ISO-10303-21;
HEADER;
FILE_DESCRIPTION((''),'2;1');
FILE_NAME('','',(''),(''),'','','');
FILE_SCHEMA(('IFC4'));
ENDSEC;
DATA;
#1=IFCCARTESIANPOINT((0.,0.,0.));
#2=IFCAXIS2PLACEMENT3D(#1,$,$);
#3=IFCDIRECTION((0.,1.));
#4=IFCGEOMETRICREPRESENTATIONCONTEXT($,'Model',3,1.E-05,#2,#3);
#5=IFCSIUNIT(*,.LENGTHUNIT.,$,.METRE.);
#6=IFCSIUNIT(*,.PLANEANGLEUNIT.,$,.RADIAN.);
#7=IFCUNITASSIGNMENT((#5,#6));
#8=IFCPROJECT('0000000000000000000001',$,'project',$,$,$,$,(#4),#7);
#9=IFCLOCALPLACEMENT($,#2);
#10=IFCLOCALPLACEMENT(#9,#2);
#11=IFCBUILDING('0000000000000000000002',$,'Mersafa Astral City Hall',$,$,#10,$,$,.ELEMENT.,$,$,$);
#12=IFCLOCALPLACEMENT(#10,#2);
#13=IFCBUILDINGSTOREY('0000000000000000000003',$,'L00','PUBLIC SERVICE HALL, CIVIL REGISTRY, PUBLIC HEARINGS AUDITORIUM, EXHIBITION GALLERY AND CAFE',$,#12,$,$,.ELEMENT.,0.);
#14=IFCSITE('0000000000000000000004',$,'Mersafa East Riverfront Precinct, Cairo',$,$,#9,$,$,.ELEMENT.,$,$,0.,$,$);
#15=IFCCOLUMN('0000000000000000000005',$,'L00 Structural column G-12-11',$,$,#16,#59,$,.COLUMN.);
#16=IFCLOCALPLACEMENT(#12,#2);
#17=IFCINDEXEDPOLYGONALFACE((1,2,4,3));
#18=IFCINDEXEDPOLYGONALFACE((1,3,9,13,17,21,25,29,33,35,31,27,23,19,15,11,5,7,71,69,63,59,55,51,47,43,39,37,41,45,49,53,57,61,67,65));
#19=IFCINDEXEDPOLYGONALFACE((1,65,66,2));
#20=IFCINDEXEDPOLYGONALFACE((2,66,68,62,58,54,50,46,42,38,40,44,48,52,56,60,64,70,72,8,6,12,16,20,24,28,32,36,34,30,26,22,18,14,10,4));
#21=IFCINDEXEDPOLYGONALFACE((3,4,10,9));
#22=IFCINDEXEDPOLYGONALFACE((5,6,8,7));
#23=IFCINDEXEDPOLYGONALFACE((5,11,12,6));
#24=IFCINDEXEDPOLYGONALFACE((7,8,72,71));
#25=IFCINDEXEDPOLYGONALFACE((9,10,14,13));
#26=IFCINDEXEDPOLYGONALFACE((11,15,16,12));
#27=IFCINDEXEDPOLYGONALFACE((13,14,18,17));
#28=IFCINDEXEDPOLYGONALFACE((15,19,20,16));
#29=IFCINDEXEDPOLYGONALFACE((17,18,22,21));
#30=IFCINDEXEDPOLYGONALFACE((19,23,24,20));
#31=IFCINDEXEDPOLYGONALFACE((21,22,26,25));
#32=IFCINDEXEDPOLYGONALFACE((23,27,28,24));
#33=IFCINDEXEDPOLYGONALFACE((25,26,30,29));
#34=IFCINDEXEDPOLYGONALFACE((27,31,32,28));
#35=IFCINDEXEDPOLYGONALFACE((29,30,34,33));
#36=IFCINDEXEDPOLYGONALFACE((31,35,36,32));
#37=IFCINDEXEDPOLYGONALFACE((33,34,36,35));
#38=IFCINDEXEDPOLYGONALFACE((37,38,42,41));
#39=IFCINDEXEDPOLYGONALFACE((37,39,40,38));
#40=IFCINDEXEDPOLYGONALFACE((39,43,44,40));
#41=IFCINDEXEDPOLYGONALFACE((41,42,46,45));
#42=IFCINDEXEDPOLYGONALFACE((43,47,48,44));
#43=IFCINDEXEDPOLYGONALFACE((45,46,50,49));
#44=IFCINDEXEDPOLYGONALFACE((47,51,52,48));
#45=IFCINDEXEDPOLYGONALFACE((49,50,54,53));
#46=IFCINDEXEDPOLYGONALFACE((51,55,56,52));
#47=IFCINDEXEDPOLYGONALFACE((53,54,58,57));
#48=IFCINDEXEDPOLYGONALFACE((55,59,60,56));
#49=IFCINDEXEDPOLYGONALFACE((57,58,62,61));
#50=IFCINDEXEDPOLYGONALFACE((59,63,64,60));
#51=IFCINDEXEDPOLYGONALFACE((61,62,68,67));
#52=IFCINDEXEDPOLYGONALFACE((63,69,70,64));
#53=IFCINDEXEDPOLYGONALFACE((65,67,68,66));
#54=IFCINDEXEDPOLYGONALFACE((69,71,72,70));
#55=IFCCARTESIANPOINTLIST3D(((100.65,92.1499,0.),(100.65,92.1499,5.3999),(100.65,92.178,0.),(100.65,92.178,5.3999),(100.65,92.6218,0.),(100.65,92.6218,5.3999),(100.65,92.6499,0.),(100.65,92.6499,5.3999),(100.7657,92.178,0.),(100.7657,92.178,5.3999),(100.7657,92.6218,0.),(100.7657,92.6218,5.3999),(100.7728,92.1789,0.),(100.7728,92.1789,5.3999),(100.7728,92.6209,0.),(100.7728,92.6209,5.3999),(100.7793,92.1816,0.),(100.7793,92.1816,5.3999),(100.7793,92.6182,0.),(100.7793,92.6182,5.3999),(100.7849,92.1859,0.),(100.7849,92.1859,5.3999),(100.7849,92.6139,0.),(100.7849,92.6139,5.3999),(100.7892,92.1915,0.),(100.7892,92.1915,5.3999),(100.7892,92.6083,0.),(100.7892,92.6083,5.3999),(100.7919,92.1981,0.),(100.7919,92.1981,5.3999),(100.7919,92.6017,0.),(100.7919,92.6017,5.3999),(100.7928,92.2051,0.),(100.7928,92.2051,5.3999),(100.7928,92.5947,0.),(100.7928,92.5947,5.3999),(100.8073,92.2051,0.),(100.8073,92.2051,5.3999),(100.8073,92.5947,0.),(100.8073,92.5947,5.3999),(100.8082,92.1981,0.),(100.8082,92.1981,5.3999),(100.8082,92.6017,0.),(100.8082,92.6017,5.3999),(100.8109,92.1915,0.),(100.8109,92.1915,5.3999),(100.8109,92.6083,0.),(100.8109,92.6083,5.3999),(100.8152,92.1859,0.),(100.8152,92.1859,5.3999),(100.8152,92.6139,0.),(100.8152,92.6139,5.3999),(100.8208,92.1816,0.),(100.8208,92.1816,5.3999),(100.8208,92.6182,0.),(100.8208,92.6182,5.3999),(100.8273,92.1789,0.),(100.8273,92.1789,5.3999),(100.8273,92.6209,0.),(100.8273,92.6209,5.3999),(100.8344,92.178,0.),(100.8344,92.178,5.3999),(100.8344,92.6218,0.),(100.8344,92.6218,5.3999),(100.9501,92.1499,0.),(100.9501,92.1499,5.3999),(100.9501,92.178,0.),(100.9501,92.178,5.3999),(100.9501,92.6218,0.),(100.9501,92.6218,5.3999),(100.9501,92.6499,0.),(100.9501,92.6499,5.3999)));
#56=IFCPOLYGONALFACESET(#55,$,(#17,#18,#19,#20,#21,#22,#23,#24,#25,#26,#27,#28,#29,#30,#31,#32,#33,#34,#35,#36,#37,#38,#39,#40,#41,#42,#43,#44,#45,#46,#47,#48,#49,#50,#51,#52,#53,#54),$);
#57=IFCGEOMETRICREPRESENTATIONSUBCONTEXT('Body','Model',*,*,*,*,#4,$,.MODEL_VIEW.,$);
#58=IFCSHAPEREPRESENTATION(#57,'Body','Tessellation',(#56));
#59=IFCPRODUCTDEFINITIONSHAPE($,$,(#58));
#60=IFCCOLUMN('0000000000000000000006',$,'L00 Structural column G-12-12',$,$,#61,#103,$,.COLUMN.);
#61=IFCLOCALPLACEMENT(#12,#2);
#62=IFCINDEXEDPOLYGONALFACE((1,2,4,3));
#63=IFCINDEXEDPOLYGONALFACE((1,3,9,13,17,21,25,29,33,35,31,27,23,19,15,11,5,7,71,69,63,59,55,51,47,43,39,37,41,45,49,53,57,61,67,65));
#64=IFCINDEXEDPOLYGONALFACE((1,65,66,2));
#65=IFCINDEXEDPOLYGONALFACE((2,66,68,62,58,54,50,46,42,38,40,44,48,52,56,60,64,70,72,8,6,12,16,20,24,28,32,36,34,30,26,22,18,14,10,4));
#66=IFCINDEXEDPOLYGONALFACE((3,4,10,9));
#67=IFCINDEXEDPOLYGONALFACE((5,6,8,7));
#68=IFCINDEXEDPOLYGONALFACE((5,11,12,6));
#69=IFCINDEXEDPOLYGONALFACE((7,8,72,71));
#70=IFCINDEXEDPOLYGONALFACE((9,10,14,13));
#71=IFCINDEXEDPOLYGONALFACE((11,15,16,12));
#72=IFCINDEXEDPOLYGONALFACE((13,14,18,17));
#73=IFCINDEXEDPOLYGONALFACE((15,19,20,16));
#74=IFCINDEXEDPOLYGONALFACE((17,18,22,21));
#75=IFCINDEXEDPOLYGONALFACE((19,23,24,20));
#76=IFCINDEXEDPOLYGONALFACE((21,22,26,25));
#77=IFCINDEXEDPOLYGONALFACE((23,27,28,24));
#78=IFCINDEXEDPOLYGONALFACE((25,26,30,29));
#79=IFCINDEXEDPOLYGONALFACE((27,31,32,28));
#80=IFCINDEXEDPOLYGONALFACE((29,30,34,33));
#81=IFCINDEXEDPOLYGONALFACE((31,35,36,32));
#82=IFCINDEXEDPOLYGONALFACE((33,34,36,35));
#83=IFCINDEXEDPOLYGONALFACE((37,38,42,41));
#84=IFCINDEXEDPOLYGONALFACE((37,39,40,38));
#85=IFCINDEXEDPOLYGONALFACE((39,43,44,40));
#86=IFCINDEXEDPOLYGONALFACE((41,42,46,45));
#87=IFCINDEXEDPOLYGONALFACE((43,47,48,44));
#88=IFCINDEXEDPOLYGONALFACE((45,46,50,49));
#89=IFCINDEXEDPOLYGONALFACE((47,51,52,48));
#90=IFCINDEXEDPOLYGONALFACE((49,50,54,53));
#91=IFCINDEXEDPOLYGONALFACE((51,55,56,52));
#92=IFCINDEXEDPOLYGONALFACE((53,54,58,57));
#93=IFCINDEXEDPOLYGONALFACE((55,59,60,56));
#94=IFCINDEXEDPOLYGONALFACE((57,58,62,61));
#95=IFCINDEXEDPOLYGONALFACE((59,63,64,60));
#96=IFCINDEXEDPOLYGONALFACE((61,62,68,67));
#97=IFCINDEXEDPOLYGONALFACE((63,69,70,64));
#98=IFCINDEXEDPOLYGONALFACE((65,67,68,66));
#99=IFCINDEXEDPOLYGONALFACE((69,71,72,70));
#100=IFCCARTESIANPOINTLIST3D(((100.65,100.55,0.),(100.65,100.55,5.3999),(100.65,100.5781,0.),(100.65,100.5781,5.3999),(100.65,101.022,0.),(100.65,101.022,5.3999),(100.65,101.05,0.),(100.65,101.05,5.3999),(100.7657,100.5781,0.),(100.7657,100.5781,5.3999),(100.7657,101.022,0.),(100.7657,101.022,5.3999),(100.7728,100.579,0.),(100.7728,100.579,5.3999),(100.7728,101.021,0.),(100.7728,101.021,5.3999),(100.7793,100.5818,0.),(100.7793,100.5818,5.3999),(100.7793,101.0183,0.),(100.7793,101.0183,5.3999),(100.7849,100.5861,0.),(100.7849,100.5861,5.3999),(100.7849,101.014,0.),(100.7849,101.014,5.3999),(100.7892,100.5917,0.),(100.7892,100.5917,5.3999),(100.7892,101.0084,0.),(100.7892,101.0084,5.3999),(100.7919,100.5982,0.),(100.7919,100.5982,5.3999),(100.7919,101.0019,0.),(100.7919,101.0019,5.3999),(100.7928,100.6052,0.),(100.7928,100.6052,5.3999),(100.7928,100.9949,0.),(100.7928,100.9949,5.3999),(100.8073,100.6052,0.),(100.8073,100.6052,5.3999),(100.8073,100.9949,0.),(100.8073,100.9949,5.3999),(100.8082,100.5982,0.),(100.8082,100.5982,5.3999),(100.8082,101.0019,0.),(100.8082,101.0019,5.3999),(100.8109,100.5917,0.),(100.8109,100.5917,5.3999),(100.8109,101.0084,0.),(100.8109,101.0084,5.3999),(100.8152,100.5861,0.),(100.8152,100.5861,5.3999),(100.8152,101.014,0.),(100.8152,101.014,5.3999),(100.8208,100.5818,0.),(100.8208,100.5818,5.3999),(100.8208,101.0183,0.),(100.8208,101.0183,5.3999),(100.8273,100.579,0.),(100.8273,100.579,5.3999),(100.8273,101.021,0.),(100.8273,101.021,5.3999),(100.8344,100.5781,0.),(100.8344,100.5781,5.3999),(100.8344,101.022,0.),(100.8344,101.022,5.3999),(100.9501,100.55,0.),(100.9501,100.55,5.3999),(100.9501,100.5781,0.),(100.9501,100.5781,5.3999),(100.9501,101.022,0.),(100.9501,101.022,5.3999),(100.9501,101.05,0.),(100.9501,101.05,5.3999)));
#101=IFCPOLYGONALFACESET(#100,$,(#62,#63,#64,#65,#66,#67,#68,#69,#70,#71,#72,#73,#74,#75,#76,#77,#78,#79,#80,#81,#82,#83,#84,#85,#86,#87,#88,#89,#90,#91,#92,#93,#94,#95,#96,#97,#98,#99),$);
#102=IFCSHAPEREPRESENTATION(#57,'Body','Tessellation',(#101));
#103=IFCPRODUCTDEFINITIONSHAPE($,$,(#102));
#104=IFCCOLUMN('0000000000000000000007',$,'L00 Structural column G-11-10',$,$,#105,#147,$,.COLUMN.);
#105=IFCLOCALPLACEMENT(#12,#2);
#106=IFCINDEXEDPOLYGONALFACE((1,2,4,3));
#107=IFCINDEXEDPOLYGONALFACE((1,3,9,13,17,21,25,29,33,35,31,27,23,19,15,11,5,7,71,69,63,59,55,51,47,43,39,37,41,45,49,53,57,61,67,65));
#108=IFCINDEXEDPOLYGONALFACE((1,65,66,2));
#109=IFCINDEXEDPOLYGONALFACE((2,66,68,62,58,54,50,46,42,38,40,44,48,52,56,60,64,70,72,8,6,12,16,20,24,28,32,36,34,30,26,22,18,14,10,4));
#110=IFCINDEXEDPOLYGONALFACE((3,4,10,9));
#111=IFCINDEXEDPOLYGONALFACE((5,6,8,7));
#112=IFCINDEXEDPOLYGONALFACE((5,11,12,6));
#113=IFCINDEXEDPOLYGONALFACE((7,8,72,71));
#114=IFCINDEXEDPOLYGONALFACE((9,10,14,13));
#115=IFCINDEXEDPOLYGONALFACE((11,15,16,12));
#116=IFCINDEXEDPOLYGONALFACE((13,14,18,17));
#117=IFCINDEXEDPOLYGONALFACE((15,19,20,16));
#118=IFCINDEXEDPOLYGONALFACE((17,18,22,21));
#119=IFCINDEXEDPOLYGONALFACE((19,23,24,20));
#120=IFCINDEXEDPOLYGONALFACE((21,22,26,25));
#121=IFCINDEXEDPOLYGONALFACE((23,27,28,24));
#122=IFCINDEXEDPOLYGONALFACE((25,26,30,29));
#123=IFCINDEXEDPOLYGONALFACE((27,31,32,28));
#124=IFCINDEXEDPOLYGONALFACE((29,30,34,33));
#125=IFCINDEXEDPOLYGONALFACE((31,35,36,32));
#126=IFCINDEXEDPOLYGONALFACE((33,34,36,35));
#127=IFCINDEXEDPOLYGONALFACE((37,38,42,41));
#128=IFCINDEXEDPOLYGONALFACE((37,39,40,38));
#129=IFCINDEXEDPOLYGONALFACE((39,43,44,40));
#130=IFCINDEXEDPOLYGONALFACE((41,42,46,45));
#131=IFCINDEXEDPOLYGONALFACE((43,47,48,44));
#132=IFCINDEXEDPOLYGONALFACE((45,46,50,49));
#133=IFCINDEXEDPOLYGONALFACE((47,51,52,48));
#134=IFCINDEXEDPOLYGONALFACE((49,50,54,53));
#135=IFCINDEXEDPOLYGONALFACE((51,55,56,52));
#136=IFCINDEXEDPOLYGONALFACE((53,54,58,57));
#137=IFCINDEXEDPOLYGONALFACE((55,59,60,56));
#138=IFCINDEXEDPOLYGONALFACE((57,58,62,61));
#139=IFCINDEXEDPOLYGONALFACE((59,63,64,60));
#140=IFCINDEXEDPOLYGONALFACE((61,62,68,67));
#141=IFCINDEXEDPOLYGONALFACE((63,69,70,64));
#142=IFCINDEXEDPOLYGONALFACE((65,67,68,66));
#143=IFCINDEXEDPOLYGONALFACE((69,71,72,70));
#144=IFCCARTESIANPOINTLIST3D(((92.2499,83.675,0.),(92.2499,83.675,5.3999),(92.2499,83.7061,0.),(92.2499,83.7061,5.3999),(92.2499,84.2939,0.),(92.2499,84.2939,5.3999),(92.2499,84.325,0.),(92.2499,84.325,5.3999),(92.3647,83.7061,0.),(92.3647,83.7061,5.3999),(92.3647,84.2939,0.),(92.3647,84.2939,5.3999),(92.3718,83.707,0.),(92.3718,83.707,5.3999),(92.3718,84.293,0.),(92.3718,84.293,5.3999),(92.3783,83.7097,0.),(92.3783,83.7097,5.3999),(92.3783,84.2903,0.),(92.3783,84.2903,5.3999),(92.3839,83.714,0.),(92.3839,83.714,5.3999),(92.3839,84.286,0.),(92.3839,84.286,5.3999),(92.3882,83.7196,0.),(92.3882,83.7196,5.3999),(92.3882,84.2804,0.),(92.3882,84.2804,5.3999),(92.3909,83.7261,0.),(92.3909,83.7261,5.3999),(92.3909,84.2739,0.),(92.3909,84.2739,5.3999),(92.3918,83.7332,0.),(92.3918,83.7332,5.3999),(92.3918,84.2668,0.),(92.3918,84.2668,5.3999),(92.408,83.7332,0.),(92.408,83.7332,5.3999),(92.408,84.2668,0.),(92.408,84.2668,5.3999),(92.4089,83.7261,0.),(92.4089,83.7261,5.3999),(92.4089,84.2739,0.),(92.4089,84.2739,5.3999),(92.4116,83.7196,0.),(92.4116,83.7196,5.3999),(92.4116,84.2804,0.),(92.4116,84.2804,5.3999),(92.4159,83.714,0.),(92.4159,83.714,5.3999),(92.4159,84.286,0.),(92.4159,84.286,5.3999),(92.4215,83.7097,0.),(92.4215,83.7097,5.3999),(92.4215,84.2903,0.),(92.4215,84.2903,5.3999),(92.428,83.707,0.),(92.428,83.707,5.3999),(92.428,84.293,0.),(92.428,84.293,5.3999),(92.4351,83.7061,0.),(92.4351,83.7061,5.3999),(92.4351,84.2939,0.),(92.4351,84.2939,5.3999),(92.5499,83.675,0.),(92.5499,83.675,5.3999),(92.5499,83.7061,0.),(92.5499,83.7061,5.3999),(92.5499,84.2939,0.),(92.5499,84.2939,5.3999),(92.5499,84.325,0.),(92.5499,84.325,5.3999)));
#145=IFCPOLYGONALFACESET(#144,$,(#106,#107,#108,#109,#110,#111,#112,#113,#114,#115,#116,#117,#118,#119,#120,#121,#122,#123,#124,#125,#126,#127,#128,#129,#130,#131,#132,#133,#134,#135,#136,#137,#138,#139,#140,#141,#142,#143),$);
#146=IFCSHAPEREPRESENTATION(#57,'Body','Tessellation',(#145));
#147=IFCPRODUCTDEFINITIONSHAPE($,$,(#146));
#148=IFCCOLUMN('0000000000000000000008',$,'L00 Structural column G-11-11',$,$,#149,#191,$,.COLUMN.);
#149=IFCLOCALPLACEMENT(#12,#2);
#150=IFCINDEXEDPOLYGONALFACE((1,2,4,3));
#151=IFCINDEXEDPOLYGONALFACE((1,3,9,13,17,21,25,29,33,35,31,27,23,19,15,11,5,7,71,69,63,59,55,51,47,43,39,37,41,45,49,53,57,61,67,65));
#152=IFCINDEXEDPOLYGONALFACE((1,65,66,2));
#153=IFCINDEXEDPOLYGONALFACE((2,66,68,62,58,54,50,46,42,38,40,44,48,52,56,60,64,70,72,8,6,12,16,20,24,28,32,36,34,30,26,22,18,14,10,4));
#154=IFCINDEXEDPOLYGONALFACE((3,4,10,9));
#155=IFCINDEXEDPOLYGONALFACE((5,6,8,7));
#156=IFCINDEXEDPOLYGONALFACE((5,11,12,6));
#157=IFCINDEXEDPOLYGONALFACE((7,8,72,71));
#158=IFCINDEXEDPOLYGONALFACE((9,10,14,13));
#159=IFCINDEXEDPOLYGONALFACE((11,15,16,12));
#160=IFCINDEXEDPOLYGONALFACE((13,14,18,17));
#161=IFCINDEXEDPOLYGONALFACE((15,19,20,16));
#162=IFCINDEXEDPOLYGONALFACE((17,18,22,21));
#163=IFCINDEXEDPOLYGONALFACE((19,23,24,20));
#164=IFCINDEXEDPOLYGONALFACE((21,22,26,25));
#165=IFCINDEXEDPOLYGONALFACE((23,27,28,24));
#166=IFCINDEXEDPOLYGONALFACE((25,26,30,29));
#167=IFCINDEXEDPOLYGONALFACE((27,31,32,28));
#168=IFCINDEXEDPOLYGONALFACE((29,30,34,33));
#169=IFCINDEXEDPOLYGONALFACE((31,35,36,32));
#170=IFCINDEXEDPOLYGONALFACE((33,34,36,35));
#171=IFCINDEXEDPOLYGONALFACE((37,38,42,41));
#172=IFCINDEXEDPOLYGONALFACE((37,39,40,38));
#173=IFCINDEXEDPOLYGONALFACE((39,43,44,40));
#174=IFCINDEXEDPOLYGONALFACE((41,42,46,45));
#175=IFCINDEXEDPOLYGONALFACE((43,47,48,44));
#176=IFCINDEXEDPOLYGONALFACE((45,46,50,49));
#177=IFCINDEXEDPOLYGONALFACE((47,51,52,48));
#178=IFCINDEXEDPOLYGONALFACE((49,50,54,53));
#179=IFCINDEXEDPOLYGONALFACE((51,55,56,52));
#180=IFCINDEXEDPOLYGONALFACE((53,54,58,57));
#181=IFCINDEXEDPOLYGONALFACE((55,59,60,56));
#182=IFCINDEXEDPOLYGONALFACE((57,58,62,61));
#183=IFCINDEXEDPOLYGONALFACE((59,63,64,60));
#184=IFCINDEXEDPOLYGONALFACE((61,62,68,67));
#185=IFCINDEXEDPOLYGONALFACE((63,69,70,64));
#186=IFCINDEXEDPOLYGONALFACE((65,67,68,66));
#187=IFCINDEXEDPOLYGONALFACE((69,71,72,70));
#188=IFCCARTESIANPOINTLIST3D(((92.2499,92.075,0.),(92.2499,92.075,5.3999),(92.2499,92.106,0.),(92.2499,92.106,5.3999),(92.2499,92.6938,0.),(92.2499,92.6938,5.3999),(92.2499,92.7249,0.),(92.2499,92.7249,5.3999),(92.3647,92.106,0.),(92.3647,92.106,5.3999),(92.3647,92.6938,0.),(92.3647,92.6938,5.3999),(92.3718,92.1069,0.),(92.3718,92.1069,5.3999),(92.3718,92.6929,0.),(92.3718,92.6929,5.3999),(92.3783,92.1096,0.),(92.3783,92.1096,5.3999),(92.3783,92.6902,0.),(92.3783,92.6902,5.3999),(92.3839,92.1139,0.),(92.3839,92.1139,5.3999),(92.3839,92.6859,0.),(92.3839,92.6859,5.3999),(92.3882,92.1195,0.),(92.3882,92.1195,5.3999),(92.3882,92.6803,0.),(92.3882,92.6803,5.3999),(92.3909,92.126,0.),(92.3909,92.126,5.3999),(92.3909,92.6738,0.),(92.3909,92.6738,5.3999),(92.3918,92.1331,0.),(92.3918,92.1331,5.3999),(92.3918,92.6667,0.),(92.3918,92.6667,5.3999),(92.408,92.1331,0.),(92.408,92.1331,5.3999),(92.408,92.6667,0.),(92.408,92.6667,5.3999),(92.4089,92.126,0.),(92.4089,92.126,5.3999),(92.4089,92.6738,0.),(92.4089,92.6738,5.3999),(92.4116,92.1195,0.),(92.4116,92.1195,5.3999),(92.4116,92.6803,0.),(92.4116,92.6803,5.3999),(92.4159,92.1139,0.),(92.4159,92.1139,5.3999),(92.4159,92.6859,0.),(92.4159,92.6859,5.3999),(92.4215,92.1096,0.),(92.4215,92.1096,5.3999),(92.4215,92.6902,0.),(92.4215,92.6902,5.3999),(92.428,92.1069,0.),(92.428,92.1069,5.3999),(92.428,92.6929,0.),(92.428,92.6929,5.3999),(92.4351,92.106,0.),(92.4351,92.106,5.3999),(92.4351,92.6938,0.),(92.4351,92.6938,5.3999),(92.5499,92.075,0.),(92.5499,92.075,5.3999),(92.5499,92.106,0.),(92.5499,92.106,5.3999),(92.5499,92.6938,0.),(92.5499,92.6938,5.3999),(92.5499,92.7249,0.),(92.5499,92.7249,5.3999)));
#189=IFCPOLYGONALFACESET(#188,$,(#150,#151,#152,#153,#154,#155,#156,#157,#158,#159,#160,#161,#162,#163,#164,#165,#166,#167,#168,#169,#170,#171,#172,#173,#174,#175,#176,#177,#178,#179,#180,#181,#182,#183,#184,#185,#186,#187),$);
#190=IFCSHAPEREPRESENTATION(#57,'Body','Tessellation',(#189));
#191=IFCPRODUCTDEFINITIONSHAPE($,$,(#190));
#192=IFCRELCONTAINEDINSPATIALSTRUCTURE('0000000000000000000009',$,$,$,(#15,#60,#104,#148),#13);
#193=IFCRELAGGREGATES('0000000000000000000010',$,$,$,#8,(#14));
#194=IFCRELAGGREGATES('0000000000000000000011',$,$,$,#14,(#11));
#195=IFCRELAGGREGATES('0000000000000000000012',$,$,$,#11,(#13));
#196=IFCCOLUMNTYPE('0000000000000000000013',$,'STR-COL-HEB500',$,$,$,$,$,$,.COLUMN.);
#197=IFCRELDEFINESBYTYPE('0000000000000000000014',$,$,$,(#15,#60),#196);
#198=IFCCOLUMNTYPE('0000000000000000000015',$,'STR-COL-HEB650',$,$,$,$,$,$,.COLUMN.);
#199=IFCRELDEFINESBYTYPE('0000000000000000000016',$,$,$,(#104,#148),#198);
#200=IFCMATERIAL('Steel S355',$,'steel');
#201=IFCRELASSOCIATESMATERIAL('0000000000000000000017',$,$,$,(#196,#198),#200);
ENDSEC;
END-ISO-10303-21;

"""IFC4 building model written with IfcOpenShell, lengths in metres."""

from ifc_helpers import new_model, si_unit, direction, frame, origin, origin_2d, place, context, subcontext, project, spatial, i_section, extrude, material, material_profile, profile_set, type_object, element, save


model = new_model("IFC4")

# Units and contexts
model_context = context("Model", 3, precision=1e-05, world=origin(), true_north=direction((0.0, 1.0)))
body_context = subcontext(model_context, "Body", "Model", "MODEL_VIEW")
ifc_project = project(units=[si_unit("LENGTHUNIT", "METRE"), si_unit("PLANEANGLEUNIT", "RADIAN")], contexts=[model_context])

# Site, building, storey
site_placement = place(None, origin())
site = spatial("IfcSite", under=ifc_project, at=site_placement, Name="Mersafa East Riverfront Precinct, Cairo", CompositionType="ELEMENT", RefElevation=0.0)
building_placement = place(site_placement, origin())
building = spatial("IfcBuilding", under=site, at=building_placement, Name="Mersafa Astral City Hall", CompositionType="ELEMENT")
storey_placement = place(building_placement, origin())
storey = spatial("IfcBuildingStorey", under=building, at=storey_placement, Name="L00", Description="PUBLIC SERVICE HALL, CIVIL REGISTRY, PUBLIC HEARINGS AUDITORIUM, EXHIBITION GALLERY AND CAFE", CompositionType="ELEMENT", Elevation=0.0)

# Columns
ifc_material_1 = material(Name="Steel S355", Category="steel")
ifc_material_profile_1 = material_profile(ifc_material_1, i_section(OverallWidth=0.3, OverallDepth=0.5, WebThickness=0.0144, FlangeThickness=0.0281, FilletRadius=0.0271, at=origin_2d()), Name="HEB 500")
ifc_profile_set_1 = profile_set([ifc_material_profile_1], Name="Steel S355")
column_type_1 = type_object("IfcColumnType", Name="STR-COL-HEB500", PredefinedType="COLUMN", material=ifc_profile_set_1)
for number, where, z_axis, x_axis, name in (
    (1, (100.8, 92.3999, 0.0), (0.0, 0.0, 1.0), (1.0, 0.0, 0.0), "L00 Structural column G-12-11"),
    (2, (100.8, 100.8, 0.0), (0.0, 0.0, 1.0), (1.0, 0.0, 0.0), "L00 Structural column G-12-12"),
):
    element("IfcColumn", number, at=place(storey_placement, frame(where, z_axis=z_axis, x_axis=x_axis)), inside=storey, type_object=column_type_1, Name=name, PredefinedType="COLUMN", context=body_context, shape_type="SweptSolid", body=[
        extrude(i_section(OverallWidth=0.3, OverallDepth=0.5, WebThickness=0.0144, FlangeThickness=0.0281, FilletRadius=0.0271, at=origin_2d()), origin(), (0.0, 0.0, 1.0), 5.3999),
    ])
ifc_material_profile_2 = material_profile(ifc_material_1, i_section(OverallWidth=0.3, OverallDepth=0.6499, WebThickness=0.0161, FlangeThickness=0.031, FilletRadius=0.0271, at=origin_2d()), Name="HEB 650")
ifc_profile_set_2 = profile_set([ifc_material_profile_2], Name="Steel S355")
column_type_2 = type_object("IfcColumnType", Name="STR-COL-HEB650", PredefinedType="COLUMN", material=ifc_profile_set_2)
for number, where, z_axis, x_axis, name in (
    (3, (92.3999, 84.0, 0.0), (0.0, 0.0, 1.0), (1.0, 0.0, 0.0), "L00 Structural column G-11-10"),
    (4, (92.3999, 92.3999, 0.0), (0.0, 0.0, 1.0), (1.0, 0.0, 0.0), "L00 Structural column G-11-11"),
):
    element("IfcColumn", number, at=place(storey_placement, frame(where, z_axis=z_axis, x_axis=x_axis)), inside=storey, type_object=column_type_2, Name=name, PredefinedType="COLUMN", context=body_context, shape_type="SweptSolid", body=[
        extrude(i_section(OverallWidth=0.3, OverallDepth=0.6499, WebThickness=0.0161, FlangeThickness=0.031, FilletRadius=0.0271, at=origin_2d()), origin(), (0.0, 0.0, 1.0), 5.3999),
    ])

save(model, "model.ifc")
